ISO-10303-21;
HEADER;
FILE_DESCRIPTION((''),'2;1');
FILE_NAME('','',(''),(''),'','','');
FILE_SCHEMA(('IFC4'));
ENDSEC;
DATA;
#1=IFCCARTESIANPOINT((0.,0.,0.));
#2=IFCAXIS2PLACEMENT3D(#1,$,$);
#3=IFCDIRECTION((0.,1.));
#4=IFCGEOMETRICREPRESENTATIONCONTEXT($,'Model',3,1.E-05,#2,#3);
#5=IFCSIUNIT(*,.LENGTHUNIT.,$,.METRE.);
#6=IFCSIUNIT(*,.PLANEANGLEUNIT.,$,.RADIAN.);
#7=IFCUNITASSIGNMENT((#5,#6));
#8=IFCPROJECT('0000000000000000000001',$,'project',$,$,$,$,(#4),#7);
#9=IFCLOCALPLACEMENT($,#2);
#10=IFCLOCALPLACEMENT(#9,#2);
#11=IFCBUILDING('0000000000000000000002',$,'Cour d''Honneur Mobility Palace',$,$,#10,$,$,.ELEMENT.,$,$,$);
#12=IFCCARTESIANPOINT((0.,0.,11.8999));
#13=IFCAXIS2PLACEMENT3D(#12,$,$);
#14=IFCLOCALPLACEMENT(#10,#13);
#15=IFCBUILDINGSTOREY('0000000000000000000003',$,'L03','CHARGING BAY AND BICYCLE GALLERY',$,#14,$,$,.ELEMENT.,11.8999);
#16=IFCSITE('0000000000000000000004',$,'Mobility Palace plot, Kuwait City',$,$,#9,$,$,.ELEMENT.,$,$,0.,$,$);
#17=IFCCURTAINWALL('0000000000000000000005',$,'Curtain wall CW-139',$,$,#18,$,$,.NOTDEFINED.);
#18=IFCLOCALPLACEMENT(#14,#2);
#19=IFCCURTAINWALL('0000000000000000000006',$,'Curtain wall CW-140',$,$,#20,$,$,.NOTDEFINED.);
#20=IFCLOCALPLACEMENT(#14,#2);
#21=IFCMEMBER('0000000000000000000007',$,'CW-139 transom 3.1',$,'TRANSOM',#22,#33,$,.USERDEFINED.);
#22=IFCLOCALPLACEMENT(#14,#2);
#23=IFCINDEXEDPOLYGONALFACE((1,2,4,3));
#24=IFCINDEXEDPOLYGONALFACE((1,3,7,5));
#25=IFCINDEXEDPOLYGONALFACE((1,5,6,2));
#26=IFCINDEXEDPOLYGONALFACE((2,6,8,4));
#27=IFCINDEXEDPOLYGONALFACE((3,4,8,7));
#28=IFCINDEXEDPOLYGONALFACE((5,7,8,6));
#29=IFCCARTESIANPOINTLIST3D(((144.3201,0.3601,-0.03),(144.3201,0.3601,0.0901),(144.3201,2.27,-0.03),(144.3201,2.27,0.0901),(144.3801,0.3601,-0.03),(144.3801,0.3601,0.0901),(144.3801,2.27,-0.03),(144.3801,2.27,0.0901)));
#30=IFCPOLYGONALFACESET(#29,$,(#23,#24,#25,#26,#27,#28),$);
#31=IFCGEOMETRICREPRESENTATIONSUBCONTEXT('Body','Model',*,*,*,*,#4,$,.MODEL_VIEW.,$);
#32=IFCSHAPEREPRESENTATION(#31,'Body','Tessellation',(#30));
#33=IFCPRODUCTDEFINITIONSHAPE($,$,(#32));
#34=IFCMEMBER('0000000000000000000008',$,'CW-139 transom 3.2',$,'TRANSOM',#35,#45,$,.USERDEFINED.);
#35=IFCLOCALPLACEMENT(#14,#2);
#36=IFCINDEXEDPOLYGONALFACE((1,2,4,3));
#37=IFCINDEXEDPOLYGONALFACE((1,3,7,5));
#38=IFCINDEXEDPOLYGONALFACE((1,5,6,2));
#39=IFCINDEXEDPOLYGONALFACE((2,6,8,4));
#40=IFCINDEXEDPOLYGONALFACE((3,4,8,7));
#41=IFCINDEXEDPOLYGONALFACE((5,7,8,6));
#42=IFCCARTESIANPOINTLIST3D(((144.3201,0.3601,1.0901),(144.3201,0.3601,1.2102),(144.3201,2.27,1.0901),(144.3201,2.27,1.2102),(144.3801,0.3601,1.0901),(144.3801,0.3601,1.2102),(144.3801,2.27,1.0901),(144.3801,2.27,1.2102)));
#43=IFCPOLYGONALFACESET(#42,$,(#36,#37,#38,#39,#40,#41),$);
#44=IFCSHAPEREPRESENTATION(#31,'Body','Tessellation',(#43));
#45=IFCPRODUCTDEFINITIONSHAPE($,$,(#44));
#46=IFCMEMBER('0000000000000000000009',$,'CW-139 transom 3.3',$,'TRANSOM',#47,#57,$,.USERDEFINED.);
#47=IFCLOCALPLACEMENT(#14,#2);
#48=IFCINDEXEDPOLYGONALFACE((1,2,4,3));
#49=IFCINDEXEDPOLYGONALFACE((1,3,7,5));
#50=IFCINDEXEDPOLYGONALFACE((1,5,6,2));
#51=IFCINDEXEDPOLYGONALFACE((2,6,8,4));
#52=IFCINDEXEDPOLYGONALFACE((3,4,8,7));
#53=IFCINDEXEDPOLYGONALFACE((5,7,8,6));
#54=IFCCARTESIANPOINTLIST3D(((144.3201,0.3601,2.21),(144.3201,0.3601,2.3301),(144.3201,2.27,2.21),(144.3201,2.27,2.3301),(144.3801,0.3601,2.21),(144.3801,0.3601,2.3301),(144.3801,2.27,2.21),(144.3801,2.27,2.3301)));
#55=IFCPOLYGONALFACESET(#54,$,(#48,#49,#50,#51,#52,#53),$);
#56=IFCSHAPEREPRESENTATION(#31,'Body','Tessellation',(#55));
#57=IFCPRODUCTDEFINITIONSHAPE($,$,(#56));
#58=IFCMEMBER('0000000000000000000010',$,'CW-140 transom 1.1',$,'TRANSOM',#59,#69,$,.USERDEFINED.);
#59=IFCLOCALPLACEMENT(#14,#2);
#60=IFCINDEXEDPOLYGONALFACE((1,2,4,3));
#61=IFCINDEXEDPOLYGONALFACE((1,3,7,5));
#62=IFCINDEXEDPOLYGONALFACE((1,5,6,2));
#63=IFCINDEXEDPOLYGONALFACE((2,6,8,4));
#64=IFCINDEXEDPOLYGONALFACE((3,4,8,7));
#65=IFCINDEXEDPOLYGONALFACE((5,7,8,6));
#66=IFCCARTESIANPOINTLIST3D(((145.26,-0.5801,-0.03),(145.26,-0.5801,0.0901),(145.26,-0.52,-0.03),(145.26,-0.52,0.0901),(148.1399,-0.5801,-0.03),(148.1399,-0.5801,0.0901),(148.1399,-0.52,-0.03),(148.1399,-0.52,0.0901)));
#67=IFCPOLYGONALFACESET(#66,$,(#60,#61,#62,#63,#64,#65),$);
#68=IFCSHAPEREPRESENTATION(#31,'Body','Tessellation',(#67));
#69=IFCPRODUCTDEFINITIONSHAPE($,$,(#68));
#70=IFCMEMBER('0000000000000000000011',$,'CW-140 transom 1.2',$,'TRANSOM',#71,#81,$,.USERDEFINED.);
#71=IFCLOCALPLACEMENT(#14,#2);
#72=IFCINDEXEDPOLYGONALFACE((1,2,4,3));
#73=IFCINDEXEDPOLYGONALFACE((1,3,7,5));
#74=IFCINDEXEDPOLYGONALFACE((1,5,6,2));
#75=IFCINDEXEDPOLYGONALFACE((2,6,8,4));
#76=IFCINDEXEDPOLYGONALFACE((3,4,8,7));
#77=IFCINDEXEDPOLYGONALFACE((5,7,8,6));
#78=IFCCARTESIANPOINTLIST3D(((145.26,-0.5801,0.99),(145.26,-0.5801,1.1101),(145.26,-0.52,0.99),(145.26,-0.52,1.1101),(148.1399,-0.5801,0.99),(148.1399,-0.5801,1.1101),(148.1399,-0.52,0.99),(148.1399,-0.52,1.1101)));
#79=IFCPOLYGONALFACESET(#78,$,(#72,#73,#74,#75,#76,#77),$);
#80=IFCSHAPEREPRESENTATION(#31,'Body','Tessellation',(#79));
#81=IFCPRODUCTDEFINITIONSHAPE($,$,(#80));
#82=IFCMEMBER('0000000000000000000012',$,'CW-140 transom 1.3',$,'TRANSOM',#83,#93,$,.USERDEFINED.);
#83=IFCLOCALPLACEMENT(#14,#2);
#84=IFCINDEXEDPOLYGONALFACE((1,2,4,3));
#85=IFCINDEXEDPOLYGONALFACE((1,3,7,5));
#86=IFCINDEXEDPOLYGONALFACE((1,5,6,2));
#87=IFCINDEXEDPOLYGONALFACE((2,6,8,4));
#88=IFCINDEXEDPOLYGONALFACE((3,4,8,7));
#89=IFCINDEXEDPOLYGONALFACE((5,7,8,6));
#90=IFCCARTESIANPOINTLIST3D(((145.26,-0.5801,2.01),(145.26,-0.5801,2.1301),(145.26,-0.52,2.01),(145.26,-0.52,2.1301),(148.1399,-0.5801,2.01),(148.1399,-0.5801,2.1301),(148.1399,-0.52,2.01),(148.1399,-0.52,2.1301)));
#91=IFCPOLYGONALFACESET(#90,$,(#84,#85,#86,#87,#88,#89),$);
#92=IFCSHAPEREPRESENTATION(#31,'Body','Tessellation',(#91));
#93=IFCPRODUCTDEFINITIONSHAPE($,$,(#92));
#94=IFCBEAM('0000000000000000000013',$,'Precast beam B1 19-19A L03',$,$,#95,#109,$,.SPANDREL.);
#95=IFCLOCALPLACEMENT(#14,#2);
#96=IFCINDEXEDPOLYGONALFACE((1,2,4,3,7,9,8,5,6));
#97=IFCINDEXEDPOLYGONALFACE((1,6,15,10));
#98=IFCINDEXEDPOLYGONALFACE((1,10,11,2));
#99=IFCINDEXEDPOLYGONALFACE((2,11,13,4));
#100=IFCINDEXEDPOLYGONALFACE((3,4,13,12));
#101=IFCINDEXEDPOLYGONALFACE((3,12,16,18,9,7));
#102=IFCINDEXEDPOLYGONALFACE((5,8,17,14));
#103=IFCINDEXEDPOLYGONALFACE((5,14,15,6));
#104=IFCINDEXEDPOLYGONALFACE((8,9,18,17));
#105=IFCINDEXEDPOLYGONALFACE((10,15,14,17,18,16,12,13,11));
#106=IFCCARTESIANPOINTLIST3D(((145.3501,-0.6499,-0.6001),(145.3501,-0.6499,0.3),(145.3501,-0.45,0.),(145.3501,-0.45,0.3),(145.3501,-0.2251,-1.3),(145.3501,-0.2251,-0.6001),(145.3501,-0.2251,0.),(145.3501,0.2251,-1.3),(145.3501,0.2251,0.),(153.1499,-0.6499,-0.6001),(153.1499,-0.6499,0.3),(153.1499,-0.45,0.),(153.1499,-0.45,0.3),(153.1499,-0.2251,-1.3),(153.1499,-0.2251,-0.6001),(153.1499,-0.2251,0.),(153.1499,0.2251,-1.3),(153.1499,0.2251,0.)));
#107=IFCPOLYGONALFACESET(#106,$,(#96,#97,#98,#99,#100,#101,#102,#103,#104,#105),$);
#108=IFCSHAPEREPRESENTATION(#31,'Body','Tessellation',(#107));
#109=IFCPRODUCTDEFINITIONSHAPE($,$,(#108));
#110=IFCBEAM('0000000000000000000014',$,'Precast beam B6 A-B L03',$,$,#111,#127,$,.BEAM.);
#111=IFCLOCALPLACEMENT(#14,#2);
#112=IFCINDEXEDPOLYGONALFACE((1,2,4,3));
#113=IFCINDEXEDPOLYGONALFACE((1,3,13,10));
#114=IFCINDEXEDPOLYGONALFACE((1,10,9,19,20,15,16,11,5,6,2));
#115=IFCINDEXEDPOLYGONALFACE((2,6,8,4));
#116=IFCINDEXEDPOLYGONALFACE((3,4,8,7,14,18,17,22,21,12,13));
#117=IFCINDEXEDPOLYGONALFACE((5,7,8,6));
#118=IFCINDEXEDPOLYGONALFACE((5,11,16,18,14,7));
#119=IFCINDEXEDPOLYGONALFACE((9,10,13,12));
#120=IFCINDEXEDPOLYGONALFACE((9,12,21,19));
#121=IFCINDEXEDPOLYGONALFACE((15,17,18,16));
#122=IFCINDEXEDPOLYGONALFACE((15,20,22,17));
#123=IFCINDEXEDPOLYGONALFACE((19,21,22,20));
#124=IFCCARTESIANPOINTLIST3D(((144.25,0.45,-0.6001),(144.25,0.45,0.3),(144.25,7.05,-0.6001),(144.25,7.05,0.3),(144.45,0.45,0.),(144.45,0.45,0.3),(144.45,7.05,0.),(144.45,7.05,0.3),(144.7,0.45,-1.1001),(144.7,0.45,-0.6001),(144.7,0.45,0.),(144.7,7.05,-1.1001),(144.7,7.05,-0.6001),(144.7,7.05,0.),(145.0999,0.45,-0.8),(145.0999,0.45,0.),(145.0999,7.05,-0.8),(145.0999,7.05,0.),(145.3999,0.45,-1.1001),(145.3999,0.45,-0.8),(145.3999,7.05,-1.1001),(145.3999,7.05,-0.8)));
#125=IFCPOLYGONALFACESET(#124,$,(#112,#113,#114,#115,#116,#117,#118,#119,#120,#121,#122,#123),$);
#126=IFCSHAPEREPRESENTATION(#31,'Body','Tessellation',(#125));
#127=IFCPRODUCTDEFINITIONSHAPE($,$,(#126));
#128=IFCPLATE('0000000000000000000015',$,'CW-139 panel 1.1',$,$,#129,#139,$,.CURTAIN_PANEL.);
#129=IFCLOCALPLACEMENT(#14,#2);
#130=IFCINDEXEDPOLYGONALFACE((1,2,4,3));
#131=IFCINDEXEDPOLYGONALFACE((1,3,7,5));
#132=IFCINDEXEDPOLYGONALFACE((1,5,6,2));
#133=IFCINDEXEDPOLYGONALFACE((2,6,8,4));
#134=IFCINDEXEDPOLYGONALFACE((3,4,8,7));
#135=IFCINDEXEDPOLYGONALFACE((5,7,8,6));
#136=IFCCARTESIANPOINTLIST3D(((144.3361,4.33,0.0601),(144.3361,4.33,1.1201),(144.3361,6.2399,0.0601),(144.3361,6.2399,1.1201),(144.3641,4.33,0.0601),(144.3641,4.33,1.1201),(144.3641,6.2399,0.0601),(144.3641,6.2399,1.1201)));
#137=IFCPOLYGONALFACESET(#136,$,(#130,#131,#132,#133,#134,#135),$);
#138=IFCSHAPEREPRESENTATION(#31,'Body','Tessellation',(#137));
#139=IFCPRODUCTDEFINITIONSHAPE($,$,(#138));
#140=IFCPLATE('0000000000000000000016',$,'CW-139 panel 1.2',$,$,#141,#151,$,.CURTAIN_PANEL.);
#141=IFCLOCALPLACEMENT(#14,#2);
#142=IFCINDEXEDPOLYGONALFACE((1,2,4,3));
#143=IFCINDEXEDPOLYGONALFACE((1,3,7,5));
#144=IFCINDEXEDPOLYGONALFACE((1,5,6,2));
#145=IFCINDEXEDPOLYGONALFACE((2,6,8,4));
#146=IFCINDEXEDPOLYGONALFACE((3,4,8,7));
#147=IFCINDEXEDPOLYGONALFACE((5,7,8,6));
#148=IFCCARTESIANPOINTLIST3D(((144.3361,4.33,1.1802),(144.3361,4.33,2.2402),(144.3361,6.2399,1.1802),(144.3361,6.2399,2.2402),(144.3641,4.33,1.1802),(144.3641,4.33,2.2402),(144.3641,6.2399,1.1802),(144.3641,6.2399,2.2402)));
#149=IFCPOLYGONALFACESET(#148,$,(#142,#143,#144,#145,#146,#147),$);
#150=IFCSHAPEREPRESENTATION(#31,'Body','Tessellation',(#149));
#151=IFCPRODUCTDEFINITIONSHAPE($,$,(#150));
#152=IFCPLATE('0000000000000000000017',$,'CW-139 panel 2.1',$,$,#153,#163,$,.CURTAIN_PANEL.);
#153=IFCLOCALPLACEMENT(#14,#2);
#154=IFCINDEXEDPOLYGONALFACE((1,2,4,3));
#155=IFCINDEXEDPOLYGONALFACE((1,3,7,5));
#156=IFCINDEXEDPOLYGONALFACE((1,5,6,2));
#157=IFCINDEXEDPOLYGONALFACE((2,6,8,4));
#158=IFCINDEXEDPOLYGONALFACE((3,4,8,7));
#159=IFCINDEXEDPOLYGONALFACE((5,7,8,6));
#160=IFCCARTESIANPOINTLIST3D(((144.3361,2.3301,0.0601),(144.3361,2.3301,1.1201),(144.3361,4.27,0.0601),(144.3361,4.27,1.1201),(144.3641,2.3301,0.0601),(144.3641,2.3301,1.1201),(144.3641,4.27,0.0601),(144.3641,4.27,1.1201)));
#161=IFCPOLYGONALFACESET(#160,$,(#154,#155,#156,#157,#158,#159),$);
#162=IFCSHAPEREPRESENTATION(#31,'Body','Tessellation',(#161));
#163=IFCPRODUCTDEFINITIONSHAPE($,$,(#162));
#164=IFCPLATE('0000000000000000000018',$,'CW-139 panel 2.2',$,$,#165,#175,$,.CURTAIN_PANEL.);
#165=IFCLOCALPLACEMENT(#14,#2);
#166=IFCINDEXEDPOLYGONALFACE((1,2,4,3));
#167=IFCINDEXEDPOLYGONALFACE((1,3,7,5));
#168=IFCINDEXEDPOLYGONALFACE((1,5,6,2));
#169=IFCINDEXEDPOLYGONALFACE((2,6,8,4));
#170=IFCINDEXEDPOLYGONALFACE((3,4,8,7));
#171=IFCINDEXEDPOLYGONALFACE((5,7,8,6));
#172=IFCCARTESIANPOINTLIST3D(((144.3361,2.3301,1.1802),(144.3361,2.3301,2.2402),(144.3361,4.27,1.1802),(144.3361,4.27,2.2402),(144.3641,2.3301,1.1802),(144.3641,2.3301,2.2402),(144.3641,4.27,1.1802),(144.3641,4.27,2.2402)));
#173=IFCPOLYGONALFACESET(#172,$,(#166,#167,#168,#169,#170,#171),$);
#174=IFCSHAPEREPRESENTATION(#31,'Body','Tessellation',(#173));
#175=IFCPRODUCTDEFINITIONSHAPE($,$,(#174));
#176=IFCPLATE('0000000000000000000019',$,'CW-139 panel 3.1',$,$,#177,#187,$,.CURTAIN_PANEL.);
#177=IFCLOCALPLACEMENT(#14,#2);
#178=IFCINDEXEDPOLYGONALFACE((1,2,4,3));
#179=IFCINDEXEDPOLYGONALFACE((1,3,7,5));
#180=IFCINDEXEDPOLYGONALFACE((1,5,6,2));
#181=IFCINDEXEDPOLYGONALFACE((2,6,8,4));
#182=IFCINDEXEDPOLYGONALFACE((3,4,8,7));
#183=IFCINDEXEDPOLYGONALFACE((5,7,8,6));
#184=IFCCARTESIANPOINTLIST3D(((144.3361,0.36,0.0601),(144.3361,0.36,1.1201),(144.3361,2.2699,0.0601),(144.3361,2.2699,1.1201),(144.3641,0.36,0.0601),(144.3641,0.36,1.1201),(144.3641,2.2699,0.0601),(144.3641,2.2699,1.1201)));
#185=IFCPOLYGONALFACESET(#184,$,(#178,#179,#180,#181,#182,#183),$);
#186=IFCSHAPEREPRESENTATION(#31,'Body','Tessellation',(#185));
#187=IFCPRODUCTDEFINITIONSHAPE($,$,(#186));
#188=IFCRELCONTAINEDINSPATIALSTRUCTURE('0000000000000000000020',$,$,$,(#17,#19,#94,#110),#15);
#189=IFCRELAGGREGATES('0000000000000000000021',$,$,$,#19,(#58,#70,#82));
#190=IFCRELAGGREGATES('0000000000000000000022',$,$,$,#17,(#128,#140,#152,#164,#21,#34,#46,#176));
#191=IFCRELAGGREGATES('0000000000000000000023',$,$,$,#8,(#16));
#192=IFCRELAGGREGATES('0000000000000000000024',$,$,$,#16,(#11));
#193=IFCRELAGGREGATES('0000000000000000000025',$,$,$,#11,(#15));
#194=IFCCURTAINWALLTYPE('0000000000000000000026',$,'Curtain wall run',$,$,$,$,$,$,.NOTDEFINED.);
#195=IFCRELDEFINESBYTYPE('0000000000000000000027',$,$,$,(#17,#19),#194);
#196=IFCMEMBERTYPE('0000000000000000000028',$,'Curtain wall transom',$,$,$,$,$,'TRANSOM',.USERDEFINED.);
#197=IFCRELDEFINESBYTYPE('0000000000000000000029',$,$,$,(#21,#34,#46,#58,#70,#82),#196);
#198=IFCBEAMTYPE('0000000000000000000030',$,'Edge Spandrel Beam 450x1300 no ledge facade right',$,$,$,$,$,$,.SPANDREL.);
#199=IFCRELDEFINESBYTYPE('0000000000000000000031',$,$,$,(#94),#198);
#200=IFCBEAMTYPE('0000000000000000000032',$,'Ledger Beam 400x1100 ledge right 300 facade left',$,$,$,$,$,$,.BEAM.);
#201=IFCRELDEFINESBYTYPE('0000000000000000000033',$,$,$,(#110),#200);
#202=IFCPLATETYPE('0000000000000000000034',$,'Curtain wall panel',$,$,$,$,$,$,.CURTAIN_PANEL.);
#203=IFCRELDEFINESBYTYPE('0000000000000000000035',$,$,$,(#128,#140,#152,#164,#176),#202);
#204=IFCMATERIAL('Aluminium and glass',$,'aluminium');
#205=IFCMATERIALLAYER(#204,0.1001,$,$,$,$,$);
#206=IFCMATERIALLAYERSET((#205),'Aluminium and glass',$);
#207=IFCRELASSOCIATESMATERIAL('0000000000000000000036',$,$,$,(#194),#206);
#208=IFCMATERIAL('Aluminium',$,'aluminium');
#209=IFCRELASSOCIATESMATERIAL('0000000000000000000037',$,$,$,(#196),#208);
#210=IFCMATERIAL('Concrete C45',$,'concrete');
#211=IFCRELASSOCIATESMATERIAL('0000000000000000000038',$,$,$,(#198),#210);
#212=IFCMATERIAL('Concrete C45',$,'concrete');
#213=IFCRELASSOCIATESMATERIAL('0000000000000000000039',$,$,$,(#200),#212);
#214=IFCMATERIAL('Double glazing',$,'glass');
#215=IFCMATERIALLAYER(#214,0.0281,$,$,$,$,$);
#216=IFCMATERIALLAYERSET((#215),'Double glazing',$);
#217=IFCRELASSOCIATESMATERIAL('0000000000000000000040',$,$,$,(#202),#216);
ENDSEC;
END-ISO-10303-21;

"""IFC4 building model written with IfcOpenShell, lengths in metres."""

from ifc_helpers import new_model, si_unit, direction, frame, origin, origin_2d, place, context, subcontext, project, spatial, polyline, rectangle, outline, extrude, material, layer, layer_set, material_profile, profile_set, type_object, element, aggregate, save


model = new_model("IFC4")

# Units and contexts
model_context = context("Model", 3, precision=1e-05, world=origin(), true_north=direction((0.0, 1.0)))
body_context = subcontext(model_context, "Body", "Model", "MODEL_VIEW")
ifc_project = project(units=[si_unit("LENGTHUNIT", "METRE"), si_unit("PLANEANGLEUNIT", "RADIAN")], contexts=[model_context])

# Site, building, storey
site_placement = place(None, origin())
site = spatial("IfcSite", under=ifc_project, at=site_placement, Name="Mobility Palace plot, Kuwait City", CompositionType="ELEMENT", RefElevation=0.0)
building_placement = place(site_placement, origin())
building = spatial("IfcBuilding", under=site, at=building_placement, Name="Cour d'Honneur Mobility Palace", CompositionType="ELEMENT")
storey_placement = place(building_placement, frame((0.0, 0.0, 11.8999)))
storey = spatial("IfcBuildingStorey", under=building, at=storey_placement, Name="L03", Description="CHARGING BAY AND BICYCLE GALLERY", CompositionType="ELEMENT", Elevation=11.8999)

# Curtain wall
ifc_material_1 = material(Name="Aluminium and glass", Category="aluminium")
ifc_layer_1 = layer(ifc_material_1, 0.1001)
ifc_layer_set_1 = layer_set([ifc_layer_1], Name="Aluminium and glass")
curtain_wall_type = type_object("IfcCurtainWallType", Name="Curtain wall run", PredefinedType="NOTDEFINED", material=ifc_layer_set_1)
curtain_wall_1_placement = place(storey_placement, origin())
curtain_wall_1 = element("IfcCurtainWall", 1, at=curtain_wall_1_placement, inside=storey, type_object=curtain_wall_type, Name="Curtain wall CW-139", PredefinedType="NOTDEFINED")

# Curtain wall
curtain_wall_2_placement = place(storey_placement, origin())
curtain_wall_2 = element("IfcCurtainWall", 2, at=curtain_wall_2_placement, inside=storey, type_object=curtain_wall_type, Name="Curtain wall CW-140", PredefinedType="NOTDEFINED")

# Members
ifc_material_2 = material(Name="Aluminium", Category="aluminium")
ifc_material_profile_1 = material_profile(ifc_material_2, rectangle(XDim=0.0601, YDim=0.1201, at=origin_2d()), Name="Curtain wall transom")
ifc_profile_set_1 = profile_set([ifc_material_profile_1], Name="Aluminium")
member_type_1 = type_object("IfcMemberType", Name="Curtain wall transom", ElementType="TRANSOM", PredefinedType="USERDEFINED", material=ifc_profile_set_1)
member_1_placement = place(storey_placement, frame((144.3501, 2.27, 0.03), z_axis=(0.0, -1.0, 0.0), x_axis=(1.0, 0.0, 0.0)))
member_1 = element("IfcMember", 3, at=member_1_placement, type_object=member_type_1, Name="CW-139 transom 3.1", ObjectType="TRANSOM", PredefinedType="USERDEFINED", context=body_context, shape_type="SweptSolid", body=[
    extrude(rectangle(XDim=0.0601, YDim=0.1201, at=origin_2d()), origin(), (0.0, 0.0, 1.0), 1.9099),
])
member_2_placement = place(storey_placement, frame((144.3501, 2.27, 1.1501), z_axis=(0.0, -1.0, 0.0), x_axis=(1.0, 0.0, 0.0)))
member_2 = element("IfcMember", 4, at=member_2_placement, type_object=member_type_1, Name="CW-139 transom 3.2", ObjectType="TRANSOM", PredefinedType="USERDEFINED", context=body_context, shape_type="SweptSolid", body=[
    extrude(rectangle(XDim=0.0601, YDim=0.1201, at=origin_2d()), origin(), (0.0, 0.0, 1.0), 1.9099),
])
member_3_placement = place(storey_placement, frame((144.3501, 2.27, 2.27), z_axis=(0.0, -1.0, 0.0), x_axis=(1.0, 0.0, 0.0)))
member_3 = element("IfcMember", 5, at=member_3_placement, type_object=member_type_1, Name="CW-139 transom 3.3", ObjectType="TRANSOM", PredefinedType="USERDEFINED", context=body_context, shape_type="SweptSolid", body=[
    extrude(rectangle(XDim=0.0601, YDim=0.1201, at=origin_2d()), origin(), (0.0, 0.0, 1.0), 1.9099),
])
member_4_placement = place(storey_placement, frame((145.26, -0.55, 0.03), z_axis=(1.0, 0.0, 0.0), x_axis=(0.0, 1.0, 0.0)))
member_4 = element("IfcMember", 6, at=member_4_placement, type_object=member_type_1, Name="CW-140 transom 1.1", ObjectType="TRANSOM", PredefinedType="USERDEFINED", context=body_context, shape_type="SweptSolid", body=[
    extrude(rectangle(XDim=0.0601, YDim=0.1201, at=origin_2d()), origin(), (0.0, 0.0, 1.0), 2.8799),
])
member_5_placement = place(storey_placement, frame((145.26, -0.55, 1.05), z_axis=(1.0, 0.0, 0.0), x_axis=(0.0, 1.0, 0.0)))
member_5 = element("IfcMember", 7, at=member_5_placement, type_object=member_type_1, Name="CW-140 transom 1.2", ObjectType="TRANSOM", PredefinedType="USERDEFINED", context=body_context, shape_type="SweptSolid", body=[
    extrude(rectangle(XDim=0.0601, YDim=0.1201, at=origin_2d()), origin(), (0.0, 0.0, 1.0), 2.8799),
])
member_6_placement = place(storey_placement, frame((145.26, -0.55, 2.0701), z_axis=(1.0, 0.0, 0.0), x_axis=(0.0, 1.0, 0.0)))
member_6 = element("IfcMember", 8, at=member_6_placement, type_object=member_type_1, Name="CW-140 transom 1.3", ObjectType="TRANSOM", PredefinedType="USERDEFINED", context=body_context, shape_type="SweptSolid", body=[
    extrude(rectangle(XDim=0.0601, YDim=0.1201, at=origin_2d()), origin(), (0.0, 0.0, 1.0), 2.8799),
])
aggregate(curtain_wall_2, [member_4, member_5, member_6])

# Beams
ifc_material_3 = material(Name="Concrete C45", Category="concrete")
ifc_material_profile_2 = material_profile(ifc_material_3, outline(polyline([(0.2251, -1.3), (0.2251, 0.0), (-0.2251, 0.0), (-0.45, 0.0), (-0.45, 0.3), (-0.6499, 0.3), (-0.6499, -0.6001), (-0.2251, -0.6001), (-0.2251, -1.3), (0.2251, -1.3)])), Name="Edge Spandrel Beam 450x1300 no ledge facade right")
ifc_profile_set_2 = profile_set([ifc_material_profile_2], Name="Concrete C45")
beam_type_1 = type_object("IfcBeamType", Name="Edge Spandrel Beam 450x1300 no ledge facade right", PredefinedType="SPANDREL", material=ifc_profile_set_2)
beam_1_placement = place(storey_placement, frame((145.3501, 0.0, 0.0), z_axis=(1.0, 0.0, 0.0), x_axis=(0.0, 1.0, 0.0)))
element("IfcBeam", 9, at=beam_1_placement, inside=storey, type_object=beam_type_1, Name="Precast beam B1 19-19A L03", PredefinedType="SPANDREL", context=body_context, shape_type="SweptSolid", body=[
    extrude(outline(polyline([(0.2251, -1.3), (0.2251, 0.0), (-0.2251, 0.0), (-0.45, 0.0), (-0.45, 0.3), (-0.6499, 0.3), (-0.6499, -0.6001), (-0.2251, -0.6001), (-0.2251, -1.3), (0.2251, -1.3)])), origin(), (0.0, 0.0, 1.0), 7.7998),
])
ifc_material_4 = material(Name="Concrete C45", Category="concrete")
ifc_material_profile_3 = material_profile(ifc_material_4, outline(polyline([(0.2, -1.1001), (0.2, -0.6001), (0.6499, -0.6001), (0.6499, 0.3), (0.45, 0.3), (0.45, 0.0), (0.2, 0.0), (-0.2, 0.0), (-0.2, -0.8), (-0.5, -0.8), (-0.5, -1.1001), (0.2, -1.1001)])), Name="Ledger Beam 400x1100 ledge right 300 facade left")
ifc_profile_set_3 = profile_set([ifc_material_profile_3], Name="Concrete C45")
beam_type_2 = type_object("IfcBeamType", Name="Ledger Beam 400x1100 ledge right 300 facade left", PredefinedType="BEAM", material=ifc_profile_set_3)
beam_2_placement = place(storey_placement, frame((144.8999, 0.45, 0.0), z_axis=(0.0, 1.0, 0.0), x_axis=(-1.0, 0.0, 0.0)))
element("IfcBeam", 10, at=beam_2_placement, inside=storey, type_object=beam_type_2, Name="Precast beam B6 A-B L03", PredefinedType="BEAM", context=body_context, shape_type="SweptSolid", body=[
    extrude(outline(polyline([(0.2, -1.1001), (0.2, -0.6001), (0.6499, -0.6001), (0.6499, 0.3), (0.45, 0.3), (0.45, 0.0), (0.2, 0.0), (-0.2, 0.0), (-0.2, -0.8), (-0.5, -0.8), (-0.5, -1.1001), (0.2, -1.1001)])), origin(), (0.0, 0.0, 1.0), 6.6001),
])

# Plates
ifc_material_5 = material(Name="Double glazing", Category="glass")
ifc_layer_2 = layer(ifc_material_5, 0.0281)
ifc_layer_set_2 = layer_set([ifc_layer_2], Name="Double glazing")
plate_type = type_object("IfcPlateType", Name="Curtain wall panel", PredefinedType="CURTAIN_PANEL", material=ifc_layer_set_2)
plate_1_placement = place(storey_placement, frame((144.3501, 5.2849, 0.0601), z_axis=(0.0, 0.0, 1.0), x_axis=(0.0, -1.0, 0.0)))
plate_1 = element("IfcPlate", 11, at=plate_1_placement, type_object=plate_type, Name="CW-139 panel 1.1", PredefinedType="CURTAIN_PANEL", context=body_context, shape_type="SweptSolid", body=[
    extrude(rectangle(XDim=1.9099, YDim=0.0281, at=origin_2d()), origin(), (0.0, 0.0, 1.0), 1.0601),
])
plate_2_placement = place(storey_placement, frame((144.3501, 5.2849, 1.1802), z_axis=(0.0, 0.0, 1.0), x_axis=(0.0, -1.0, 0.0)))
plate_2 = element("IfcPlate", 12, at=plate_2_placement, type_object=plate_type, Name="CW-139 panel 1.2", PredefinedType="CURTAIN_PANEL", context=body_context, shape_type="SweptSolid", body=[
    extrude(rectangle(XDim=1.9099, YDim=0.0281, at=origin_2d()), origin(), (0.0, 0.0, 1.0), 1.0601),
])
plate_3_placement = place(storey_placement, frame((144.3501, 3.3, 0.0601), z_axis=(0.0, 0.0, 1.0), x_axis=(0.0, -1.0, 0.0)))
plate_3 = element("IfcPlate", 13, at=plate_3_placement, type_object=plate_type, Name="CW-139 panel 2.1", PredefinedType="CURTAIN_PANEL", context=body_context, shape_type="SweptSolid", body=[
    extrude(rectangle(XDim=1.9399, YDim=0.0281, at=origin_2d()), origin(), (0.0, 0.0, 1.0), 1.0601),
])
plate_4_placement = place(storey_placement, frame((144.3501, 3.3, 1.1802), z_axis=(0.0, 0.0, 1.0), x_axis=(0.0, -1.0, 0.0)))
plate_4 = element("IfcPlate", 14, at=plate_4_placement, type_object=plate_type, Name="CW-139 panel 2.2", PredefinedType="CURTAIN_PANEL", context=body_context, shape_type="SweptSolid", body=[
    extrude(rectangle(XDim=1.9399, YDim=0.0281, at=origin_2d()), origin(), (0.0, 0.0, 1.0), 1.0601),
])
plate_5_placement = place(storey_placement, frame((144.3501, 1.3149, 0.0601), z_axis=(0.0, 0.0, 1.0), x_axis=(0.0, -1.0, 0.0)))
plate_5 = element("IfcPlate", 15, at=plate_5_placement, type_object=plate_type, Name="CW-139 panel 3.1", PredefinedType="CURTAIN_PANEL", context=body_context, shape_type="SweptSolid", body=[
    extrude(rectangle(XDim=1.9099, YDim=0.0281, at=origin_2d()), origin(), (0.0, 0.0, 1.0), 1.0601),
])
aggregate(curtain_wall_1, [plate_1, plate_2, plate_3, plate_4, member_1, member_2, member_3, plate_5])

save(model, "model.ifc")
